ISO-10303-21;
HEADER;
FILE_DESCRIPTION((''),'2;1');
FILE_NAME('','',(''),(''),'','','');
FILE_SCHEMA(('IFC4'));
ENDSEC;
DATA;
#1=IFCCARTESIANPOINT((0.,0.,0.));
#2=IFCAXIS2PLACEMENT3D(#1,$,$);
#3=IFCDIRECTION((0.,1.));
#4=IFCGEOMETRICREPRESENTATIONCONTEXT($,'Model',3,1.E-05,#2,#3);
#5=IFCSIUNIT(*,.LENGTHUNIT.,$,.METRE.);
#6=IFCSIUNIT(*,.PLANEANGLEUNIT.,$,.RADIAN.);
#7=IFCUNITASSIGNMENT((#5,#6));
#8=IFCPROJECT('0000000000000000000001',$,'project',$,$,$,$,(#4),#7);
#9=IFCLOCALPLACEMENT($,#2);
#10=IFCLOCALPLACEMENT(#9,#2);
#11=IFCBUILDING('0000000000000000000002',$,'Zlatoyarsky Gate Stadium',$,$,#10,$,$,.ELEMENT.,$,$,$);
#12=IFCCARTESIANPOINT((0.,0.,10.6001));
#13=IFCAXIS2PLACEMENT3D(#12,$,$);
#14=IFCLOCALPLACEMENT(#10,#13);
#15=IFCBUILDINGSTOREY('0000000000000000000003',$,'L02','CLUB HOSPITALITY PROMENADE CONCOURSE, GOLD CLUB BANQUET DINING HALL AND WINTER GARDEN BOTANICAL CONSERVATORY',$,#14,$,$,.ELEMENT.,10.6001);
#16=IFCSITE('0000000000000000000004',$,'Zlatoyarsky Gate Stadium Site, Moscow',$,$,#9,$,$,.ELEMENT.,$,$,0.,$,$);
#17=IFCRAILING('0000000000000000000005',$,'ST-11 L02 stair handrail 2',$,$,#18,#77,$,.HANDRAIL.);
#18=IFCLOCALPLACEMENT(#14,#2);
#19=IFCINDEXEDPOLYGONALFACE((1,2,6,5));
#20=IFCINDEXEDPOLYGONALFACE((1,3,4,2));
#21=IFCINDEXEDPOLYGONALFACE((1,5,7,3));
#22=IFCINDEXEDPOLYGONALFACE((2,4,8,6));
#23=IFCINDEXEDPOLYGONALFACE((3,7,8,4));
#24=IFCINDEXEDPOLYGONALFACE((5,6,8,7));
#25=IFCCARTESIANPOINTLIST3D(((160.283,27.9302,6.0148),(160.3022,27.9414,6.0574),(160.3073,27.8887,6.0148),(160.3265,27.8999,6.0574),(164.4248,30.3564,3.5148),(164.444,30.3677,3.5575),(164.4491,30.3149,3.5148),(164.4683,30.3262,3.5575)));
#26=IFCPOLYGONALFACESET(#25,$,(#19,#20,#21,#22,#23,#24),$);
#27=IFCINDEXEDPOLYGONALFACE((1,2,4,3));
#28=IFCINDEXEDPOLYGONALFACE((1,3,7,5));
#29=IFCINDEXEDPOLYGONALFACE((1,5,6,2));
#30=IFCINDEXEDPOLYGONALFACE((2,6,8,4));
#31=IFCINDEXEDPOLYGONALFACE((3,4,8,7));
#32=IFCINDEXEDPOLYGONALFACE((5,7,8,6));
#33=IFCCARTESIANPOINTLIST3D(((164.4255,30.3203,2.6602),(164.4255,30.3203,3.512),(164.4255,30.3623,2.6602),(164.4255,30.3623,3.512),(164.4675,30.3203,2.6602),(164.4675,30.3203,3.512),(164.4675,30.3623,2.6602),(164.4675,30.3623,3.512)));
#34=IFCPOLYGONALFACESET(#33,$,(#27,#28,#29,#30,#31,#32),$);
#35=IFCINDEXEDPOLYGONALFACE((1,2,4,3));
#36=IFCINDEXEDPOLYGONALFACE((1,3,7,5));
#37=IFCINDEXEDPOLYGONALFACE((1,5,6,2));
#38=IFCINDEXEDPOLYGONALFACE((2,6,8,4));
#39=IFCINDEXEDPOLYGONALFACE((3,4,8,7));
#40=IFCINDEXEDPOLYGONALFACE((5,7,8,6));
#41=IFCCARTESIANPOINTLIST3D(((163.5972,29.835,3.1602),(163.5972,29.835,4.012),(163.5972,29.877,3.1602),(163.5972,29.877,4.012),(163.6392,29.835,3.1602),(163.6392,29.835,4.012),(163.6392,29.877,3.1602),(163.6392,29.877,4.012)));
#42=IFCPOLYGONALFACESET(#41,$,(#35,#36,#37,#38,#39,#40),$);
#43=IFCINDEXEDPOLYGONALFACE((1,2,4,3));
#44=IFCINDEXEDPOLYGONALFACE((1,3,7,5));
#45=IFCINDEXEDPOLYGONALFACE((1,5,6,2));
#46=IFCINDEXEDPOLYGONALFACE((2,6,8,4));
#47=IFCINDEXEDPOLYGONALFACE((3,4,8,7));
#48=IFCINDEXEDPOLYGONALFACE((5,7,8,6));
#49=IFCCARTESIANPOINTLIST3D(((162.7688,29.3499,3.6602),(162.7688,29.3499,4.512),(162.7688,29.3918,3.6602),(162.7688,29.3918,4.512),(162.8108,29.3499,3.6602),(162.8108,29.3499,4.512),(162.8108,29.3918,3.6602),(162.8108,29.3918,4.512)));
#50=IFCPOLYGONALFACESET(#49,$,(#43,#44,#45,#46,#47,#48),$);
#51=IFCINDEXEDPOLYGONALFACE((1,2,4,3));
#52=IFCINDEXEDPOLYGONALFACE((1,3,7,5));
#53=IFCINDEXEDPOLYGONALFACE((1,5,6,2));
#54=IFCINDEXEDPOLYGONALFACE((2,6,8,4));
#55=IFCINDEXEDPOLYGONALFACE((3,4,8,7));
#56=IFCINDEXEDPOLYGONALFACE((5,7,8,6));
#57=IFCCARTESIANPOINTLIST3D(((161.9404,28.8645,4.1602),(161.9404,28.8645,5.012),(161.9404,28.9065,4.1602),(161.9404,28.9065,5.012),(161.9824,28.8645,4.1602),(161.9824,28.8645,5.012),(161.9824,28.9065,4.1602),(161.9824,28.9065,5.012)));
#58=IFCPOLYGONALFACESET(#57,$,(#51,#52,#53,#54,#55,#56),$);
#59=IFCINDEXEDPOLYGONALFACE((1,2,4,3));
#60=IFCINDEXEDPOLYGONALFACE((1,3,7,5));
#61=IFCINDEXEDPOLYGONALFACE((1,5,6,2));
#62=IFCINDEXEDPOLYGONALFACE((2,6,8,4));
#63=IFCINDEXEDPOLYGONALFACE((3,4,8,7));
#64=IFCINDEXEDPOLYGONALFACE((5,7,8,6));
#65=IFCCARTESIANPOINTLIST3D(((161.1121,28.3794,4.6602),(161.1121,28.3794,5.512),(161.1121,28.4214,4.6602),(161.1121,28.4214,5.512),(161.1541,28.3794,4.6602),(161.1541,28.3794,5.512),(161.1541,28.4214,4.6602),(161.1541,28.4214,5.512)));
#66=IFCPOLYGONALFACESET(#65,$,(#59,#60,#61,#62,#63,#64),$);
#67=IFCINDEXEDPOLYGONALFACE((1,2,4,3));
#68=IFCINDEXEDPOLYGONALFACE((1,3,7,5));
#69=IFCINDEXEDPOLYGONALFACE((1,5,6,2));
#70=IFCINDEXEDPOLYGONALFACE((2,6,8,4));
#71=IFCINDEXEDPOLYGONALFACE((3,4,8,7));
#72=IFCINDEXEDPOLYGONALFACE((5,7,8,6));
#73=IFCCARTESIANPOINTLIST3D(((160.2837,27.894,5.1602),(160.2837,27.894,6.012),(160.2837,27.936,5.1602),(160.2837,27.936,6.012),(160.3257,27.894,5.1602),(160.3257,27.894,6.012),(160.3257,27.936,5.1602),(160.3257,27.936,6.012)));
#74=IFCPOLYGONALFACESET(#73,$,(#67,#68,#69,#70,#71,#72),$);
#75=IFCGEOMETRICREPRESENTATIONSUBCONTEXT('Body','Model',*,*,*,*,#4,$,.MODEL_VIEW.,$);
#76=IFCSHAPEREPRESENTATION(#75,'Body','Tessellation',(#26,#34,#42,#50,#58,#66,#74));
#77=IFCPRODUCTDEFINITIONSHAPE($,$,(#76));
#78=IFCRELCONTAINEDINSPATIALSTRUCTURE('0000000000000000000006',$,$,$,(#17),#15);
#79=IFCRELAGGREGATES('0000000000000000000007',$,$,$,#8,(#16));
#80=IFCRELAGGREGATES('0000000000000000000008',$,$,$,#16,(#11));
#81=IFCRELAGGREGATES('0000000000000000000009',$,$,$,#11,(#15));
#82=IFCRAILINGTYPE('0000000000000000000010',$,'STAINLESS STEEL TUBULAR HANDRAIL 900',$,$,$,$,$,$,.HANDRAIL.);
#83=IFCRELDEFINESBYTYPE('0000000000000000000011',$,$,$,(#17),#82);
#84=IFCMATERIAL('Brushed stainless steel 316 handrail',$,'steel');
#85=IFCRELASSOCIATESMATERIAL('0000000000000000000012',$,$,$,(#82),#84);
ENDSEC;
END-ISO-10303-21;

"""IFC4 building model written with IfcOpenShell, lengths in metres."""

from ifc_helpers import new_model, si_unit, direction, frame, origin, origin_2d, place, context, subcontext, project, spatial, rectangle, extrude, material, type_object, element, save


model = new_model("IFC4")

# Units and contexts
model_context = context("Model", 3, precision=1e-05, world=origin(), true_north=direction((0.0, 1.0)))
body_context = subcontext(model_context, "Body", "Model", "MODEL_VIEW")
ifc_project = project(units=[si_unit("LENGTHUNIT", "METRE"), si_unit("PLANEANGLEUNIT", "RADIAN")], contexts=[model_context])

# Site, building, storey
site_placement = place(None, origin())
site = spatial("IfcSite", under=ifc_project, at=site_placement, Name="Zlatoyarsky Gate Stadium Site, Moscow", CompositionType="ELEMENT", RefElevation=0.0)
building_placement = place(site_placement, origin())
building = spatial("IfcBuilding", under=site, at=building_placement, Name="Zlatoyarsky Gate Stadium", CompositionType="ELEMENT")
storey_placement = place(building_placement, frame((0.0, 0.0, 10.6001)))
storey = spatial("IfcBuildingStorey", under=building, at=storey_placement, Name="L02", Description="CLUB HOSPITALITY PROMENADE CONCOURSE, GOLD CLUB BANQUET DINING HALL AND WINTER GARDEN BOTANICAL CONSERVATORY", CompositionType="ELEMENT", Elevation=10.6001)

# Railing
ifc_material_1 = material(Name="Brushed stainless steel 316 handrail", Category="steel")
railing_type_1 = type_object("IfcRailingType", Name="STAINLESS STEEL TUBULAR HANDRAIL 900", PredefinedType="HANDRAIL", material=ifc_material_1)
railing_1_placement = place(storey_placement, frame((164.4465, 30.3413, 2.6602)))
element("IfcRailing", 1, at=railing_1_placement, inside=storey, type_object=railing_type_1, Name="ST-11 L02 stair handrail 2", PredefinedType="HANDRAIL", context=body_context, shape_type="SweptSolid", body=[
    extrude(rectangle(XDim=0.0481, YDim=0.0481, at=origin_2d()), frame((0.0, 0.0, 0.876), z_axis=(-0.765283, -0.448298, 0.461921), x_axis=(0.505455, -0.862853, 0.0)), (0.0, 0.0, 1.0), 5.4121),
    extrude(rectangle(XDim=0.042, YDim=0.042, at=origin_2d()), origin(), (0.0, 0.0, 1.0), 0.8518),
    extrude(rectangle(XDim=0.042, YDim=0.042, at=origin_2d()), frame((-0.8284, -0.4854, 0.5)), (0.0, 0.0, 1.0), 0.8518),
    extrude(rectangle(XDim=0.042, YDim=0.042, at=origin_2d()), frame((-1.6567, -0.9705, 1.0)), (0.0, 0.0, 1.0), 0.8518),
    extrude(rectangle(XDim=0.042, YDim=0.042, at=origin_2d()), frame((-2.4851, -1.4558, 1.5)), (0.0, 0.0, 1.0), 0.8518),
    extrude(rectangle(XDim=0.042, YDim=0.042, at=origin_2d()), frame((-3.3135, -1.9409, 2.0)), (0.0, 0.0, 1.0), 0.8518),
    extrude(rectangle(XDim=0.042, YDim=0.042, at=origin_2d()), frame((-4.1418, -2.4263, 2.5)), (0.0, 0.0, 1.0), 0.8518),
])

save(model, "model.ifc")
